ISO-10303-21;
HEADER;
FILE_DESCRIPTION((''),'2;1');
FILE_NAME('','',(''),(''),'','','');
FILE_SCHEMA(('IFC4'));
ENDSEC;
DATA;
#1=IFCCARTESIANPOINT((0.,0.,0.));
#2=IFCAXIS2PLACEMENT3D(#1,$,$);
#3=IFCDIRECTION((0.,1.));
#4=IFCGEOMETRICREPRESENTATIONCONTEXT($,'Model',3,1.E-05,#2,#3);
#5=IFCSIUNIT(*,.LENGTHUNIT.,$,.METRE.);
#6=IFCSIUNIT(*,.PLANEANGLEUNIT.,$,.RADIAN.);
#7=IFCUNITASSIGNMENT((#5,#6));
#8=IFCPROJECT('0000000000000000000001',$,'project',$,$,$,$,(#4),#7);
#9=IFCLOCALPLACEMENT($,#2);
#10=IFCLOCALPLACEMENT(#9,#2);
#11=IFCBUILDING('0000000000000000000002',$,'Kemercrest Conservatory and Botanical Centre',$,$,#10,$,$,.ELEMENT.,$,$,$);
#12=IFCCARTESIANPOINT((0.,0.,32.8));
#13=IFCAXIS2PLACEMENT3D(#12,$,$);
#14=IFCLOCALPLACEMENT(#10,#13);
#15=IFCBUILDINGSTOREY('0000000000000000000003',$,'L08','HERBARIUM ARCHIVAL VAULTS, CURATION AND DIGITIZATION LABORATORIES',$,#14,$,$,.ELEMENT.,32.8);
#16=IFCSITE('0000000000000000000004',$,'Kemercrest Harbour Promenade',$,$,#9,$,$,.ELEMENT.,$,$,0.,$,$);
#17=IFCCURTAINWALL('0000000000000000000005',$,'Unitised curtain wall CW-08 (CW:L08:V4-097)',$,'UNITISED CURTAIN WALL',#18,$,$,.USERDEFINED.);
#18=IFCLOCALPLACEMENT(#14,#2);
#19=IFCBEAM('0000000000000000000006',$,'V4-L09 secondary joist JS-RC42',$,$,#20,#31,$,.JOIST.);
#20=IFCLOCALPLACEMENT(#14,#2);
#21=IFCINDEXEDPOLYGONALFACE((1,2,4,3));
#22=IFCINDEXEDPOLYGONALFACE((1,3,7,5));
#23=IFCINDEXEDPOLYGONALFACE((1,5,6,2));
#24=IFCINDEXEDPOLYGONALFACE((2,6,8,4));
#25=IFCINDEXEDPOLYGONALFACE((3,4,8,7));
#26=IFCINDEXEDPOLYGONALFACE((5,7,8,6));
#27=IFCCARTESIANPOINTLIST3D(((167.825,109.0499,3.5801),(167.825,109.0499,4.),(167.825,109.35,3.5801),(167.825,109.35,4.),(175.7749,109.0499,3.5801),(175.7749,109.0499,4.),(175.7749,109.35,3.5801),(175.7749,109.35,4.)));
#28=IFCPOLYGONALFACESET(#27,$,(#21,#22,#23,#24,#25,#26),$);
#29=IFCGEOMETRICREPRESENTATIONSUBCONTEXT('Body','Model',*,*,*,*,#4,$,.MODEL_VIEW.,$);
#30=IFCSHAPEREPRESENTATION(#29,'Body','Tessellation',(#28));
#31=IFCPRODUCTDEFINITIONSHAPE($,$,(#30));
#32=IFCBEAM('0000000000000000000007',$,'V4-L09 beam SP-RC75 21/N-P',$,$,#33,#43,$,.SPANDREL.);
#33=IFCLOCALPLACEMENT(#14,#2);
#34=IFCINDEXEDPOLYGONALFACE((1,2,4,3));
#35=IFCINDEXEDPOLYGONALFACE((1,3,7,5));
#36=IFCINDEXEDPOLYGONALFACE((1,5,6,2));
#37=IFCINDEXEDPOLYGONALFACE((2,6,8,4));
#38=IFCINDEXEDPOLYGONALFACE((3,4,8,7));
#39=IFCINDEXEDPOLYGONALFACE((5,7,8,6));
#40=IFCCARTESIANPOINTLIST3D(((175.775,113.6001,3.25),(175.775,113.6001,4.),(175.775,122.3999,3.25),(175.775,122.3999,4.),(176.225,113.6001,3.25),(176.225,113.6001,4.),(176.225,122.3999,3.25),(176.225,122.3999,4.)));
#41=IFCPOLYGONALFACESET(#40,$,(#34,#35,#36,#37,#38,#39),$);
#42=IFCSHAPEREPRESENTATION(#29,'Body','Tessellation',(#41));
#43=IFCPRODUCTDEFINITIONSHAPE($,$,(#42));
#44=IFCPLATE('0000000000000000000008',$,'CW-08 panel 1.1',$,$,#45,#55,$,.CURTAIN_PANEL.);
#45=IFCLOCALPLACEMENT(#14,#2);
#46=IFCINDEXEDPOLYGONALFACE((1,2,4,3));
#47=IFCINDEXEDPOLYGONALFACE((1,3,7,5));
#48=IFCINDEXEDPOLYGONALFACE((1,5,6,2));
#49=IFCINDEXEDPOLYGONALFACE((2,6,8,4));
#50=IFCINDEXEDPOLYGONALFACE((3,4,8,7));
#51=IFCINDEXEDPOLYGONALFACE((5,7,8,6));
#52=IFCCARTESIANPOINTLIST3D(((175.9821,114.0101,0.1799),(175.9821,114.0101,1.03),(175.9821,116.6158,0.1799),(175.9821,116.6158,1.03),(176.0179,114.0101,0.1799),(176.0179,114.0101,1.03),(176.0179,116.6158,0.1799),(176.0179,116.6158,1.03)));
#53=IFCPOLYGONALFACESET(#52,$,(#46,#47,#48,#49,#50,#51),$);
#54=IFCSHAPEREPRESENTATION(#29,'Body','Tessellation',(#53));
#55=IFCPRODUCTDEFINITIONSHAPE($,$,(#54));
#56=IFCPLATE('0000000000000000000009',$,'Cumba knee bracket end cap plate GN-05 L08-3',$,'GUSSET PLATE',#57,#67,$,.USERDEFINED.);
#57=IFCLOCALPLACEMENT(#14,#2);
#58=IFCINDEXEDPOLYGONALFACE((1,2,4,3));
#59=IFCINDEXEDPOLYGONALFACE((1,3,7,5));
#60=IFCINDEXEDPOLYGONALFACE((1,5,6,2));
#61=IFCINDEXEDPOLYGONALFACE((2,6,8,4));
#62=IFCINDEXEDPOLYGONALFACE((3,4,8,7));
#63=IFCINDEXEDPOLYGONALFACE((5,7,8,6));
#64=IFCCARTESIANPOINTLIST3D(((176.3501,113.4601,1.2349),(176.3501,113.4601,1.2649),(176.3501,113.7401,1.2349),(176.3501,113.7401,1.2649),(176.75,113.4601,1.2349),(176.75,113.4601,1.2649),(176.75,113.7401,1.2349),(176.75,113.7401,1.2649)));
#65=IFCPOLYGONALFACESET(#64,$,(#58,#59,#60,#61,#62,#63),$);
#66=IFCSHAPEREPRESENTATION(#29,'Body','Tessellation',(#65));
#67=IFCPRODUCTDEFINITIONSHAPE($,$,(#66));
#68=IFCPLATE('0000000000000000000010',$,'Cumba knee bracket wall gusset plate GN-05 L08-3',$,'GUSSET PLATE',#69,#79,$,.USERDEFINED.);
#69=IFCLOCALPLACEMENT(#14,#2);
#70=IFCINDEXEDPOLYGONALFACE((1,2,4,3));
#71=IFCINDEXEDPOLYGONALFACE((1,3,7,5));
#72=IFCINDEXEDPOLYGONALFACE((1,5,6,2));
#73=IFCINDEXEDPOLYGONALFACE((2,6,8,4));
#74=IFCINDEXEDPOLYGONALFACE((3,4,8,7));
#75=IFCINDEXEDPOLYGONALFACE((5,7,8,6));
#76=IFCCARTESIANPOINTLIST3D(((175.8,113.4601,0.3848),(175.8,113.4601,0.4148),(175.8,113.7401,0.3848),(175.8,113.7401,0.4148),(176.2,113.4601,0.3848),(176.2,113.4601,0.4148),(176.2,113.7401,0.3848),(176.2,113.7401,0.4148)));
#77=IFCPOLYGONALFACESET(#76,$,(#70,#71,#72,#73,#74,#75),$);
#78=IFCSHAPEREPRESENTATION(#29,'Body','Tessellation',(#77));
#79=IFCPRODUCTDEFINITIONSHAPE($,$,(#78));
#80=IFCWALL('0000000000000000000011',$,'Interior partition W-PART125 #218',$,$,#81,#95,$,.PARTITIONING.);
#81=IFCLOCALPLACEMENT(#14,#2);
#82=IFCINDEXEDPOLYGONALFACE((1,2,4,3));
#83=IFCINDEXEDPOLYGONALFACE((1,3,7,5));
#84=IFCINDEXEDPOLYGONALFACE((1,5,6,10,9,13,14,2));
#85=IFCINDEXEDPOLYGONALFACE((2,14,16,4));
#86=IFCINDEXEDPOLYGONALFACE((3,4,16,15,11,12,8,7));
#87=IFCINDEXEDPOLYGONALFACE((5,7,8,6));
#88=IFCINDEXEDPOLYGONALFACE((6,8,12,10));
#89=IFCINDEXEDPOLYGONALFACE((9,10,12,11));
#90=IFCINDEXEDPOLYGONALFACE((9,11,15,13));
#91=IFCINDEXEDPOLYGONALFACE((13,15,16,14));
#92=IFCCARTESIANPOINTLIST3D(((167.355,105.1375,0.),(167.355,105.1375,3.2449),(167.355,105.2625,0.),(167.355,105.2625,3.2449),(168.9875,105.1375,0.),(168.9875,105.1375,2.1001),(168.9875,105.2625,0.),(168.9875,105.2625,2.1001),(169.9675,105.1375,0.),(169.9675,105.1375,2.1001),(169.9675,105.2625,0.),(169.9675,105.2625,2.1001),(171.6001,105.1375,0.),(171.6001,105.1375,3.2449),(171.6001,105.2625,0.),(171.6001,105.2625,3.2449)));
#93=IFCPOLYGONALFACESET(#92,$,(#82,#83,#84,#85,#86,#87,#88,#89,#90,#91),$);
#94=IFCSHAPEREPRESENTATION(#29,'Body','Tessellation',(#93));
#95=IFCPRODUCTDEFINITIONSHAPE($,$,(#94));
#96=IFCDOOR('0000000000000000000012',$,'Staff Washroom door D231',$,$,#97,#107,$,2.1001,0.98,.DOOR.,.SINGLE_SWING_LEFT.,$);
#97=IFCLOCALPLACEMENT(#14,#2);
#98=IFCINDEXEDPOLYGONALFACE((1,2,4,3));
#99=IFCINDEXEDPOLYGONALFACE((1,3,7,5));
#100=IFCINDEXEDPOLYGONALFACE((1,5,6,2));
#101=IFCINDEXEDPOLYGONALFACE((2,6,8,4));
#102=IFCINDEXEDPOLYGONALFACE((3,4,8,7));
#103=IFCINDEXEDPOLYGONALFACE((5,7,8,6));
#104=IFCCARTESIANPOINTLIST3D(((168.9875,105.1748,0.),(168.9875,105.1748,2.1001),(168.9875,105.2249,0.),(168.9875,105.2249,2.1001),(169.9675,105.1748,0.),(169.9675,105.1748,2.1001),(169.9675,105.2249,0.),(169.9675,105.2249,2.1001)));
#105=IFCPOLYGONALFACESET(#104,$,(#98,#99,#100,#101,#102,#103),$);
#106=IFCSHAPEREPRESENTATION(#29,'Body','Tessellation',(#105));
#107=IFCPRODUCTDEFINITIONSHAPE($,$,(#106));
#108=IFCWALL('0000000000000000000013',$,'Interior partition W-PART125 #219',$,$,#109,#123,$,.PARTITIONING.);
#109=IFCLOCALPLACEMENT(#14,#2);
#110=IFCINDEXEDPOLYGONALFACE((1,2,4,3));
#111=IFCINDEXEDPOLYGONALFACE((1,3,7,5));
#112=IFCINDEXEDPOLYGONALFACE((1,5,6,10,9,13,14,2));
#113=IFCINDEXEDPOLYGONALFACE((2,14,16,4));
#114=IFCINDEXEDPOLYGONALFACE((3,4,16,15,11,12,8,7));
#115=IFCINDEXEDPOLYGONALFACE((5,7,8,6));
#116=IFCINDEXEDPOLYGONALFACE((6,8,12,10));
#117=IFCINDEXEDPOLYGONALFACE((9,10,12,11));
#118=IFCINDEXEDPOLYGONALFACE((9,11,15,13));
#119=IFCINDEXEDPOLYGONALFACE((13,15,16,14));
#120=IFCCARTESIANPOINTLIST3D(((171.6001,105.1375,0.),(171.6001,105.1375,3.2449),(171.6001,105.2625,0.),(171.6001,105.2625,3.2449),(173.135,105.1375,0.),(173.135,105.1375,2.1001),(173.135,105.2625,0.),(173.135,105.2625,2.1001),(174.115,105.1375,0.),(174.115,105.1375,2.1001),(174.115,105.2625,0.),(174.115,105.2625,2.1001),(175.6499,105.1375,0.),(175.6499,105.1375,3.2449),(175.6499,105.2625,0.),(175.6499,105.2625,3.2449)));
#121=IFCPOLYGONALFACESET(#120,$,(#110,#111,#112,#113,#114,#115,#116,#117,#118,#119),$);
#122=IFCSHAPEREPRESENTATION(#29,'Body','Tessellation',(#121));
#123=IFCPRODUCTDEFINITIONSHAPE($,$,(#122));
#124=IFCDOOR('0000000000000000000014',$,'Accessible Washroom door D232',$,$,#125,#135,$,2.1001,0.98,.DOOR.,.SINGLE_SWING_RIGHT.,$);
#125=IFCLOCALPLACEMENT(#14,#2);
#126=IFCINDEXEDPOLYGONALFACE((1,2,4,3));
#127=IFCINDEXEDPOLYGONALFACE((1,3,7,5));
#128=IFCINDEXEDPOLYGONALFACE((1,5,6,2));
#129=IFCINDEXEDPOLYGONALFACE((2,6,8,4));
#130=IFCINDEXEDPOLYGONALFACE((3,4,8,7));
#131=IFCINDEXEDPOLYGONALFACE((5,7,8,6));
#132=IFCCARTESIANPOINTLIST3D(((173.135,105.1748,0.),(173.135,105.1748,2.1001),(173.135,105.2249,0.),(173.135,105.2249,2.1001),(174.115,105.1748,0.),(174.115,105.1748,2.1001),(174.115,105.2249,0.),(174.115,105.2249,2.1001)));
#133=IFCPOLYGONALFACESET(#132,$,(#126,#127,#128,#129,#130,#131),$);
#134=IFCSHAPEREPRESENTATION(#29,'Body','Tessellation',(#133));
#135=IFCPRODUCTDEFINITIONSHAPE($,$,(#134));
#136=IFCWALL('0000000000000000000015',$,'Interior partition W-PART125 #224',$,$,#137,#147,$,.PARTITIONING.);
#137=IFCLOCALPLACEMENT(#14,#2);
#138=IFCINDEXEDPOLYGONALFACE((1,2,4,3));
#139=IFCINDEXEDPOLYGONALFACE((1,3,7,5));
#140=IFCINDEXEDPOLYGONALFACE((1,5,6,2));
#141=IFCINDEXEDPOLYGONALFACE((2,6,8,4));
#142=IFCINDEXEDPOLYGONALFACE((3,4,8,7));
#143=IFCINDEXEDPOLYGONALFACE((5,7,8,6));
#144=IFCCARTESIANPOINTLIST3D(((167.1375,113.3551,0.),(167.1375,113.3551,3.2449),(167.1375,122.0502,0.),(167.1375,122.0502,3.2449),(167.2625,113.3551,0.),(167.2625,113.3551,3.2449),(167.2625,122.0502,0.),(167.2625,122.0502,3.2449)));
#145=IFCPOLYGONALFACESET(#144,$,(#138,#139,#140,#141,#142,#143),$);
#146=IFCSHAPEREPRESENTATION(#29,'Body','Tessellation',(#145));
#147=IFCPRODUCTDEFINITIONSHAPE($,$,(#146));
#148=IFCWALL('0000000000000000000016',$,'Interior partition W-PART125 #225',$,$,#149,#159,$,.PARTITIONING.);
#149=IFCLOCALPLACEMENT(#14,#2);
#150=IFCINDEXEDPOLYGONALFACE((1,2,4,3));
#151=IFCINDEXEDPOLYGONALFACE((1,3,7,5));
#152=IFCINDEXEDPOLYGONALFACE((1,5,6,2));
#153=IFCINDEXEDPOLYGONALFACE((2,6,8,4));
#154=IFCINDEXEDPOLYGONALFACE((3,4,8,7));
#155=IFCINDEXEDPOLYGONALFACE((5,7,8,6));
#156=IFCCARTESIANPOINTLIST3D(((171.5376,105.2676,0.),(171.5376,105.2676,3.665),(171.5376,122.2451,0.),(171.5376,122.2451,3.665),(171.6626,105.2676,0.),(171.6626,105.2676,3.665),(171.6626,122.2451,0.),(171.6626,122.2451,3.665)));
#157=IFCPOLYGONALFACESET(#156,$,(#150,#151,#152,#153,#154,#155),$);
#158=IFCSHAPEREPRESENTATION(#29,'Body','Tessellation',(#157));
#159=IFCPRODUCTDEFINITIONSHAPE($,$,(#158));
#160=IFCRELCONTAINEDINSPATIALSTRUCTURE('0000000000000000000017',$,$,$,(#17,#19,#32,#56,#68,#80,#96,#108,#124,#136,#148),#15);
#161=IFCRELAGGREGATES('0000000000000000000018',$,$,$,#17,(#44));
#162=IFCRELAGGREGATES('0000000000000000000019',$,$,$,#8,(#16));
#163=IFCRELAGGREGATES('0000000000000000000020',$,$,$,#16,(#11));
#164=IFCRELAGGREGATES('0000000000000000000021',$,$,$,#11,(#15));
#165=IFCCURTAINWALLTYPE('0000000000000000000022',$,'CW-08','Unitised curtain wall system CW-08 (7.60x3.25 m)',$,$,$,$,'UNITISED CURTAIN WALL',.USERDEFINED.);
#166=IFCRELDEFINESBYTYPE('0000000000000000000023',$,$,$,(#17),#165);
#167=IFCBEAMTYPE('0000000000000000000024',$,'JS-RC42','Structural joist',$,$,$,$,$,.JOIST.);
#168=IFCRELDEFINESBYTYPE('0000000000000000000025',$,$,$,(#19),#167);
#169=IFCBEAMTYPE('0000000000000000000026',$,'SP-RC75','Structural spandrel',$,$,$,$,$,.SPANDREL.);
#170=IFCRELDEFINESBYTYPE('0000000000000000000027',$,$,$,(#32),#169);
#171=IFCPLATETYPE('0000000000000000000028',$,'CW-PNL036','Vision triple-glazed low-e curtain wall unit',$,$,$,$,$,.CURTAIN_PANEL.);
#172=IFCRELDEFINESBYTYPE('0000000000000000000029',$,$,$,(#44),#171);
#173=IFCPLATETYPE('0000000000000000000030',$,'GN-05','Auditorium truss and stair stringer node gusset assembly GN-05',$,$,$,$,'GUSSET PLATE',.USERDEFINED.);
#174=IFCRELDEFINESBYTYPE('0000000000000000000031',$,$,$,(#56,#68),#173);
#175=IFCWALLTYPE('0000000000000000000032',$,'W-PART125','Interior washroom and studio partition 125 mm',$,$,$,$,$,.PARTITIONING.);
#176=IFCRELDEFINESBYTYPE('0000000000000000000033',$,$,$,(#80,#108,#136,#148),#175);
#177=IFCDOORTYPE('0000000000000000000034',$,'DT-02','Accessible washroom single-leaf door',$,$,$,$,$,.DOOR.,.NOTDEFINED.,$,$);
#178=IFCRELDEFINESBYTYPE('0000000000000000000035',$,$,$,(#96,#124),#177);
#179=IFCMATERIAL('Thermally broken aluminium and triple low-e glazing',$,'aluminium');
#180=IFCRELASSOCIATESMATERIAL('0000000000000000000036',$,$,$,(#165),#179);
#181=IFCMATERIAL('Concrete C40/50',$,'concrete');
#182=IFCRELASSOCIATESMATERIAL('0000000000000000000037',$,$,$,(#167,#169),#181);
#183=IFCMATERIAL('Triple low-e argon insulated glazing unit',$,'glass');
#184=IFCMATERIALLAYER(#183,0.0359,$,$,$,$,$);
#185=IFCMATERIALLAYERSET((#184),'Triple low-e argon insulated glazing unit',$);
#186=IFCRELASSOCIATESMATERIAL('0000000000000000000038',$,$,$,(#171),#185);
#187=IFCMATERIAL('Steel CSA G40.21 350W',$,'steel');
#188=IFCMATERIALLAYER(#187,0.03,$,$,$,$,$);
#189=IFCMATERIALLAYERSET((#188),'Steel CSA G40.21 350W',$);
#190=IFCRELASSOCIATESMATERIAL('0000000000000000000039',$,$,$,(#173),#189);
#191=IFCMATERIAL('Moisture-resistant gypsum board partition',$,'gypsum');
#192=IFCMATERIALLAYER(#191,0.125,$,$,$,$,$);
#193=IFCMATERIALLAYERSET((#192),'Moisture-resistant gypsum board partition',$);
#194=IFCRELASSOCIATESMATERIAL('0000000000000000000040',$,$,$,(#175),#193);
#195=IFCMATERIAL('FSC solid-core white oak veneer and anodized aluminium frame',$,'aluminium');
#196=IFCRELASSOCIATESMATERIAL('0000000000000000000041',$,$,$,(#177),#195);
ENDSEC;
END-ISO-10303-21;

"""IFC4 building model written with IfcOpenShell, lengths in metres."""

from ifc_helpers import new_model, si_unit, direction, frame, frame_2d, origin, origin_2d, place, context, subcontext, project, spatial, rectangle, extrude, material, layer, layer_set, material_profile, profile_set, type_object, element, fill, aggregate, save


model = new_model("IFC4")

# Units and contexts
model_context = context("Model", 3, precision=1e-05, world=origin(), true_north=direction((0.0, 1.0)))
body_context = subcontext(model_context, "Body", "Model", "MODEL_VIEW")
ifc_project = project(units=[si_unit("LENGTHUNIT", "METRE"), si_unit("PLANEANGLEUNIT", "RADIAN")], contexts=[model_context])

# Site, building, storey
site_placement = place(None, origin())
site = spatial("IfcSite", under=ifc_project, at=site_placement, Name="Kemercrest Harbour Promenade", CompositionType="ELEMENT", RefElevation=0.0)
building_placement = place(site_placement, origin())
building = spatial("IfcBuilding", under=site, at=building_placement, Name="Kemercrest Conservatory and Botanical Centre", CompositionType="ELEMENT")
storey_placement = place(building_placement, frame((0.0, 0.0, 32.8)))
storey = spatial("IfcBuildingStorey", under=building, at=storey_placement, Name="L08", Description="HERBARIUM ARCHIVAL VAULTS, CURATION AND DIGITIZATION LABORATORIES", CompositionType="ELEMENT", Elevation=32.8)

# Shared definitions
ifc_material_1 = material(Name="Concrete C40/50", Category="concrete")

# Shared definitions
ifc_material_2 = material(Name="Steel CSA G40.21 350W", Category="steel")

# Curtain wall
ifc_material_3 = material(Name="Thermally broken aluminium and triple low-e glazing", Category="aluminium")
curtain_wall_type = type_object("IfcCurtainWallType", Name="CW-08", Description="Unitised curtain wall system CW-08 (7.60x3.25 m)", ElementType="UNITISED CURTAIN WALL", PredefinedType="USERDEFINED", material=ifc_material_3)
curtain_wall_placement = place(storey_placement, origin())
curtain_wall = element("IfcCurtainWall", 1, at=curtain_wall_placement, inside=storey, type_object=curtain_wall_type, Name="Unitised curtain wall CW-08 (CW:L08:V4-097)", ObjectType="UNITISED CURTAIN WALL", PredefinedType="USERDEFINED")

# Beams
ifc_material_profile_1 = material_profile(ifc_material_1, rectangle(XDim=0.3, YDim=0.4199, at=origin_2d()), Name="RC 300x420")
ifc_profile_set_1 = profile_set([ifc_material_profile_1], Name="Concrete C40/50")
beam_type_1 = type_object("IfcBeamType", Name="JS-RC42", Description="Structural joist", PredefinedType="JOIST", material=ifc_profile_set_1)
beam_1_placement = place(storey_placement, frame((167.825, 109.2, 3.79), z_axis=(1.0, 0.0, 0.0), x_axis=(0.0, 1.0, 0.0)))
element("IfcBeam", 2, at=beam_1_placement, inside=storey, type_object=beam_type_1, Name="V4-L09 secondary joist JS-RC42", PredefinedType="JOIST", context=body_context, shape_type="SweptSolid", body=[
    extrude(rectangle(XDim=0.3, YDim=0.4199, at=origin_2d()), origin(), (0.0, 0.0, 1.0), 7.95),
])
ifc_material_profile_2 = material_profile(ifc_material_1, rectangle(XDim=0.45, YDim=0.75, at=origin_2d()), Name="RC 450x750")
ifc_profile_set_2 = profile_set([ifc_material_profile_2], Name="Concrete C40/50")
beam_type_2 = type_object("IfcBeamType", Name="SP-RC75", Description="Structural spandrel", PredefinedType="SPANDREL", material=ifc_profile_set_2)
beam_2_placement = place(storey_placement, frame((176.0, 113.6001, 3.625), z_axis=(0.0, 1.0, 0.0), x_axis=(-1.0, 0.0, 0.0)))
element("IfcBeam", 3, at=beam_2_placement, inside=storey, type_object=beam_type_2, Name="V4-L09 beam SP-RC75 21/N-P", PredefinedType="SPANDREL", context=body_context, shape_type="SweptSolid", body=[
    extrude(rectangle(XDim=0.45, YDim=0.75, at=origin_2d()), origin(), (0.0, 0.0, 1.0), 8.7998),
])

# Plate
ifc_material_4 = material(Name="Triple low-e argon insulated glazing unit", Category="glass")
ifc_layer_1 = layer(ifc_material_4, 0.0359)
ifc_layer_set_1 = layer_set([ifc_layer_1], Name="Triple low-e argon insulated glazing unit")
plate_type_1 = type_object("IfcPlateType", Name="CW-PNL036", Description="Vision triple-glazed low-e curtain wall unit", PredefinedType="CURTAIN_PANEL", material=ifc_layer_set_1)
plate_placement = place(storey_placement, frame((176.0, 115.313, 0.1799), z_axis=(0.0, 0.0, 1.0), x_axis=(0.0, 1.0, 0.0)))
plate = element("IfcPlate", 4, at=plate_placement, type_object=plate_type_1, Name="CW-08 panel 1.1", PredefinedType="CURTAIN_PANEL", context=body_context, shape_type="SweptSolid", body=[
    extrude(rectangle(XDim=2.6057, YDim=0.0359, at=origin_2d()), origin(), (0.0, 0.0, 1.0), 0.8501),
])
aggregate(curtain_wall, [plate])

# Plates
ifc_layer_2 = layer(ifc_material_2, 0.03)
ifc_layer_set_2 = layer_set([ifc_layer_2], Name="Steel CSA G40.21 350W")
plate_type_2 = type_object("IfcPlateType", Name="GN-05", Description="Auditorium truss and stair stringer node gusset assembly GN-05", ElementType="GUSSET PLATE", PredefinedType="USERDEFINED", material=ifc_layer_set_2)
for number, where, z_axis, x_axis, name in (
    (5, (176.55, 113.6001, 1.2349), (0.0, 0.0, 1.0), (1.0, 0.0, 0.0), "Cumba knee bracket end cap plate GN-05 L08-3"),
    (6, (176.0, 113.6001, 0.3848), (0.0, 0.0, 1.0), (1.0, 0.0, 0.0), "Cumba knee bracket wall gusset plate GN-05 L08-3"),
):
    element("IfcPlate", number, at=place(storey_placement, frame(where, z_axis=z_axis, x_axis=x_axis)), inside=storey, type_object=plate_type_2, Name=name, ObjectType="GUSSET PLATE", PredefinedType="USERDEFINED", context=body_context, shape_type="SweptSolid", body=[
        extrude(rectangle(XDim=0.3999, YDim=0.28, at=origin_2d()), origin(), (0.0, 0.0, 1.0), 0.03),
    ])

# Walls, openings, doors
ifc_material_5 = material(Name="Moisture-resistant gypsum board partition", Category="gypsum")
ifc_layer_3 = layer(ifc_material_5, 0.125)
ifc_layer_set_3 = layer_set([ifc_layer_3], Name="Moisture-resistant gypsum board partition")
wall_type = type_object("IfcWallType", Name="W-PART125", Description="Interior washroom and studio partition 125 mm", PredefinedType="PARTITIONING", material=ifc_layer_set_3)
wall_1_placement = place(storey_placement, frame((167.355, 105.2, 0.0), z_axis=(0.0, 0.0, 1.0), x_axis=(1.0, 0.0, 0.0)))
wall_1 = element("IfcWall", 7, at=wall_1_placement, inside=storey, type_object=wall_type, Name="Interior partition W-PART125 #218", PredefinedType="PARTITIONING", context=body_context, shape_type="SweptSolid", body=[
    extrude(rectangle(XDim=4.2451, YDim=0.125, at=frame_2d((2.1226, 0.0))), origin(), (0.0, 0.0, 1.0), 3.2449),
])
opening_1_placement = place(wall_1_placement, frame((1.6326, 0.0, 0.0)))
opening_1 = element("IfcOpeningElement", 8, at=opening_1_placement, cuts=wall_1, PredefinedType="OPENING", context=body_context, shape_type="SweptSolid", body=[
    extrude(rectangle(XDim=0.98, YDim=2.1001, at=frame_2d((0.49, 1.05))), frame((0.0, 0.0725, 0.0), z_axis=(0.0, -1.0, 0.0), x_axis=(1.0, 0.0, 0.0)), (0.0, 0.0, 1.0), 0.145),
])
ifc_material_6 = material(Name="FSC solid-core white oak veneer and anodized aluminium frame", Category="aluminium")
door_type = type_object("IfcDoorType", Name="DT-02", Description="Accessible washroom single-leaf door", OperationType="NOTDEFINED", PredefinedType="DOOR", material=ifc_material_6)
door_1_placement = place(opening_1_placement, origin())
door_1 = element("IfcDoor", 9, at=door_1_placement, inside=storey, type_object=door_type, Name="Staff Washroom door D231", OperationType="SINGLE_SWING_LEFT", OverallHeight=2.1001, OverallWidth=0.98, PredefinedType="DOOR", context=body_context, shape_type="SweptSolid", body=[
    extrude(rectangle(XDim=0.98, YDim=2.1001, at=frame_2d((0.49, 1.05))), frame((0.0, 0.0249, 0.0), z_axis=(0.0, -1.0, 0.0), x_axis=(1.0, 0.0, 0.0)), (0.0, 0.0, 1.0), 0.05),
])
fill(opening_1, door_1)
wall_2_placement = place(storey_placement, frame((171.6001, 105.2, 0.0), z_axis=(0.0, 0.0, 1.0), x_axis=(1.0, 0.0, 0.0)))
wall_2 = element("IfcWall", 10, at=wall_2_placement, inside=storey, type_object=wall_type, Name="Interior partition W-PART125 #219", PredefinedType="PARTITIONING", context=body_context, shape_type="SweptSolid", body=[
    extrude(rectangle(XDim=4.0498, YDim=0.125, at=frame_2d((2.0249, 0.0))), origin(), (0.0, 0.0, 1.0), 3.2449),
])
opening_2_placement = place(wall_2_placement, frame((1.5349, 0.0, 0.0)))
opening_2 = element("IfcOpeningElement", 11, at=opening_2_placement, cuts=wall_2, PredefinedType="OPENING", context=body_context, shape_type="SweptSolid", body=[
    extrude(rectangle(XDim=0.98, YDim=2.1001, at=frame_2d((0.49, 1.05))), frame((0.0, 0.0725, 0.0), z_axis=(0.0, -1.0, 0.0), x_axis=(1.0, 0.0, 0.0)), (0.0, 0.0, 1.0), 0.145),
])
door_2_placement = place(opening_2_placement, origin())
door_2 = element("IfcDoor", 12, at=door_2_placement, inside=storey, type_object=door_type, Name="Accessible Washroom door D232", OperationType="SINGLE_SWING_RIGHT", OverallHeight=2.1001, OverallWidth=0.98, PredefinedType="DOOR", context=body_context, shape_type="SweptSolid", body=[
    extrude(rectangle(XDim=0.98, YDim=2.1001, at=frame_2d((0.49, 1.05))), frame((0.0, 0.0249, 0.0), z_axis=(0.0, -1.0, 0.0), x_axis=(1.0, 0.0, 0.0)), (0.0, 0.0, 1.0), 0.05),
])
fill(opening_2, door_2)

# Walls
wall_3_placement = place(storey_placement, frame((167.2, 113.355, 0.0), z_axis=(0.0, 0.0, 1.0), x_axis=(0.0, 1.0, 0.0)))
element("IfcWall", 13, at=wall_3_placement, inside=storey, type_object=wall_type, Name="Interior partition W-PART125 #224", PredefinedType="PARTITIONING", context=body_context, shape_type="SweptSolid", body=[
    extrude(rectangle(XDim=8.6951, YDim=0.125, at=frame_2d((4.3477, 0.0))), origin(), (0.0, 0.0, 1.0), 3.2449),
])
wall_4_placement = place(storey_placement, frame((171.6001, 105.2676, 0.0), z_axis=(0.0, 0.0, 1.0), x_axis=(0.0, 1.0, 0.0)))
element("IfcWall", 14, at=wall_4_placement, inside=storey, type_object=wall_type, Name="Interior partition W-PART125 #225", PredefinedType="PARTITIONING", context=body_context, shape_type="SweptSolid", body=[
    extrude(rectangle(XDim=16.9775, YDim=0.125, at=frame_2d((8.4888, 0.0))), origin(), (0.0, 0.0, 1.0), 3.665),
])

save(model, "model.ifc")
